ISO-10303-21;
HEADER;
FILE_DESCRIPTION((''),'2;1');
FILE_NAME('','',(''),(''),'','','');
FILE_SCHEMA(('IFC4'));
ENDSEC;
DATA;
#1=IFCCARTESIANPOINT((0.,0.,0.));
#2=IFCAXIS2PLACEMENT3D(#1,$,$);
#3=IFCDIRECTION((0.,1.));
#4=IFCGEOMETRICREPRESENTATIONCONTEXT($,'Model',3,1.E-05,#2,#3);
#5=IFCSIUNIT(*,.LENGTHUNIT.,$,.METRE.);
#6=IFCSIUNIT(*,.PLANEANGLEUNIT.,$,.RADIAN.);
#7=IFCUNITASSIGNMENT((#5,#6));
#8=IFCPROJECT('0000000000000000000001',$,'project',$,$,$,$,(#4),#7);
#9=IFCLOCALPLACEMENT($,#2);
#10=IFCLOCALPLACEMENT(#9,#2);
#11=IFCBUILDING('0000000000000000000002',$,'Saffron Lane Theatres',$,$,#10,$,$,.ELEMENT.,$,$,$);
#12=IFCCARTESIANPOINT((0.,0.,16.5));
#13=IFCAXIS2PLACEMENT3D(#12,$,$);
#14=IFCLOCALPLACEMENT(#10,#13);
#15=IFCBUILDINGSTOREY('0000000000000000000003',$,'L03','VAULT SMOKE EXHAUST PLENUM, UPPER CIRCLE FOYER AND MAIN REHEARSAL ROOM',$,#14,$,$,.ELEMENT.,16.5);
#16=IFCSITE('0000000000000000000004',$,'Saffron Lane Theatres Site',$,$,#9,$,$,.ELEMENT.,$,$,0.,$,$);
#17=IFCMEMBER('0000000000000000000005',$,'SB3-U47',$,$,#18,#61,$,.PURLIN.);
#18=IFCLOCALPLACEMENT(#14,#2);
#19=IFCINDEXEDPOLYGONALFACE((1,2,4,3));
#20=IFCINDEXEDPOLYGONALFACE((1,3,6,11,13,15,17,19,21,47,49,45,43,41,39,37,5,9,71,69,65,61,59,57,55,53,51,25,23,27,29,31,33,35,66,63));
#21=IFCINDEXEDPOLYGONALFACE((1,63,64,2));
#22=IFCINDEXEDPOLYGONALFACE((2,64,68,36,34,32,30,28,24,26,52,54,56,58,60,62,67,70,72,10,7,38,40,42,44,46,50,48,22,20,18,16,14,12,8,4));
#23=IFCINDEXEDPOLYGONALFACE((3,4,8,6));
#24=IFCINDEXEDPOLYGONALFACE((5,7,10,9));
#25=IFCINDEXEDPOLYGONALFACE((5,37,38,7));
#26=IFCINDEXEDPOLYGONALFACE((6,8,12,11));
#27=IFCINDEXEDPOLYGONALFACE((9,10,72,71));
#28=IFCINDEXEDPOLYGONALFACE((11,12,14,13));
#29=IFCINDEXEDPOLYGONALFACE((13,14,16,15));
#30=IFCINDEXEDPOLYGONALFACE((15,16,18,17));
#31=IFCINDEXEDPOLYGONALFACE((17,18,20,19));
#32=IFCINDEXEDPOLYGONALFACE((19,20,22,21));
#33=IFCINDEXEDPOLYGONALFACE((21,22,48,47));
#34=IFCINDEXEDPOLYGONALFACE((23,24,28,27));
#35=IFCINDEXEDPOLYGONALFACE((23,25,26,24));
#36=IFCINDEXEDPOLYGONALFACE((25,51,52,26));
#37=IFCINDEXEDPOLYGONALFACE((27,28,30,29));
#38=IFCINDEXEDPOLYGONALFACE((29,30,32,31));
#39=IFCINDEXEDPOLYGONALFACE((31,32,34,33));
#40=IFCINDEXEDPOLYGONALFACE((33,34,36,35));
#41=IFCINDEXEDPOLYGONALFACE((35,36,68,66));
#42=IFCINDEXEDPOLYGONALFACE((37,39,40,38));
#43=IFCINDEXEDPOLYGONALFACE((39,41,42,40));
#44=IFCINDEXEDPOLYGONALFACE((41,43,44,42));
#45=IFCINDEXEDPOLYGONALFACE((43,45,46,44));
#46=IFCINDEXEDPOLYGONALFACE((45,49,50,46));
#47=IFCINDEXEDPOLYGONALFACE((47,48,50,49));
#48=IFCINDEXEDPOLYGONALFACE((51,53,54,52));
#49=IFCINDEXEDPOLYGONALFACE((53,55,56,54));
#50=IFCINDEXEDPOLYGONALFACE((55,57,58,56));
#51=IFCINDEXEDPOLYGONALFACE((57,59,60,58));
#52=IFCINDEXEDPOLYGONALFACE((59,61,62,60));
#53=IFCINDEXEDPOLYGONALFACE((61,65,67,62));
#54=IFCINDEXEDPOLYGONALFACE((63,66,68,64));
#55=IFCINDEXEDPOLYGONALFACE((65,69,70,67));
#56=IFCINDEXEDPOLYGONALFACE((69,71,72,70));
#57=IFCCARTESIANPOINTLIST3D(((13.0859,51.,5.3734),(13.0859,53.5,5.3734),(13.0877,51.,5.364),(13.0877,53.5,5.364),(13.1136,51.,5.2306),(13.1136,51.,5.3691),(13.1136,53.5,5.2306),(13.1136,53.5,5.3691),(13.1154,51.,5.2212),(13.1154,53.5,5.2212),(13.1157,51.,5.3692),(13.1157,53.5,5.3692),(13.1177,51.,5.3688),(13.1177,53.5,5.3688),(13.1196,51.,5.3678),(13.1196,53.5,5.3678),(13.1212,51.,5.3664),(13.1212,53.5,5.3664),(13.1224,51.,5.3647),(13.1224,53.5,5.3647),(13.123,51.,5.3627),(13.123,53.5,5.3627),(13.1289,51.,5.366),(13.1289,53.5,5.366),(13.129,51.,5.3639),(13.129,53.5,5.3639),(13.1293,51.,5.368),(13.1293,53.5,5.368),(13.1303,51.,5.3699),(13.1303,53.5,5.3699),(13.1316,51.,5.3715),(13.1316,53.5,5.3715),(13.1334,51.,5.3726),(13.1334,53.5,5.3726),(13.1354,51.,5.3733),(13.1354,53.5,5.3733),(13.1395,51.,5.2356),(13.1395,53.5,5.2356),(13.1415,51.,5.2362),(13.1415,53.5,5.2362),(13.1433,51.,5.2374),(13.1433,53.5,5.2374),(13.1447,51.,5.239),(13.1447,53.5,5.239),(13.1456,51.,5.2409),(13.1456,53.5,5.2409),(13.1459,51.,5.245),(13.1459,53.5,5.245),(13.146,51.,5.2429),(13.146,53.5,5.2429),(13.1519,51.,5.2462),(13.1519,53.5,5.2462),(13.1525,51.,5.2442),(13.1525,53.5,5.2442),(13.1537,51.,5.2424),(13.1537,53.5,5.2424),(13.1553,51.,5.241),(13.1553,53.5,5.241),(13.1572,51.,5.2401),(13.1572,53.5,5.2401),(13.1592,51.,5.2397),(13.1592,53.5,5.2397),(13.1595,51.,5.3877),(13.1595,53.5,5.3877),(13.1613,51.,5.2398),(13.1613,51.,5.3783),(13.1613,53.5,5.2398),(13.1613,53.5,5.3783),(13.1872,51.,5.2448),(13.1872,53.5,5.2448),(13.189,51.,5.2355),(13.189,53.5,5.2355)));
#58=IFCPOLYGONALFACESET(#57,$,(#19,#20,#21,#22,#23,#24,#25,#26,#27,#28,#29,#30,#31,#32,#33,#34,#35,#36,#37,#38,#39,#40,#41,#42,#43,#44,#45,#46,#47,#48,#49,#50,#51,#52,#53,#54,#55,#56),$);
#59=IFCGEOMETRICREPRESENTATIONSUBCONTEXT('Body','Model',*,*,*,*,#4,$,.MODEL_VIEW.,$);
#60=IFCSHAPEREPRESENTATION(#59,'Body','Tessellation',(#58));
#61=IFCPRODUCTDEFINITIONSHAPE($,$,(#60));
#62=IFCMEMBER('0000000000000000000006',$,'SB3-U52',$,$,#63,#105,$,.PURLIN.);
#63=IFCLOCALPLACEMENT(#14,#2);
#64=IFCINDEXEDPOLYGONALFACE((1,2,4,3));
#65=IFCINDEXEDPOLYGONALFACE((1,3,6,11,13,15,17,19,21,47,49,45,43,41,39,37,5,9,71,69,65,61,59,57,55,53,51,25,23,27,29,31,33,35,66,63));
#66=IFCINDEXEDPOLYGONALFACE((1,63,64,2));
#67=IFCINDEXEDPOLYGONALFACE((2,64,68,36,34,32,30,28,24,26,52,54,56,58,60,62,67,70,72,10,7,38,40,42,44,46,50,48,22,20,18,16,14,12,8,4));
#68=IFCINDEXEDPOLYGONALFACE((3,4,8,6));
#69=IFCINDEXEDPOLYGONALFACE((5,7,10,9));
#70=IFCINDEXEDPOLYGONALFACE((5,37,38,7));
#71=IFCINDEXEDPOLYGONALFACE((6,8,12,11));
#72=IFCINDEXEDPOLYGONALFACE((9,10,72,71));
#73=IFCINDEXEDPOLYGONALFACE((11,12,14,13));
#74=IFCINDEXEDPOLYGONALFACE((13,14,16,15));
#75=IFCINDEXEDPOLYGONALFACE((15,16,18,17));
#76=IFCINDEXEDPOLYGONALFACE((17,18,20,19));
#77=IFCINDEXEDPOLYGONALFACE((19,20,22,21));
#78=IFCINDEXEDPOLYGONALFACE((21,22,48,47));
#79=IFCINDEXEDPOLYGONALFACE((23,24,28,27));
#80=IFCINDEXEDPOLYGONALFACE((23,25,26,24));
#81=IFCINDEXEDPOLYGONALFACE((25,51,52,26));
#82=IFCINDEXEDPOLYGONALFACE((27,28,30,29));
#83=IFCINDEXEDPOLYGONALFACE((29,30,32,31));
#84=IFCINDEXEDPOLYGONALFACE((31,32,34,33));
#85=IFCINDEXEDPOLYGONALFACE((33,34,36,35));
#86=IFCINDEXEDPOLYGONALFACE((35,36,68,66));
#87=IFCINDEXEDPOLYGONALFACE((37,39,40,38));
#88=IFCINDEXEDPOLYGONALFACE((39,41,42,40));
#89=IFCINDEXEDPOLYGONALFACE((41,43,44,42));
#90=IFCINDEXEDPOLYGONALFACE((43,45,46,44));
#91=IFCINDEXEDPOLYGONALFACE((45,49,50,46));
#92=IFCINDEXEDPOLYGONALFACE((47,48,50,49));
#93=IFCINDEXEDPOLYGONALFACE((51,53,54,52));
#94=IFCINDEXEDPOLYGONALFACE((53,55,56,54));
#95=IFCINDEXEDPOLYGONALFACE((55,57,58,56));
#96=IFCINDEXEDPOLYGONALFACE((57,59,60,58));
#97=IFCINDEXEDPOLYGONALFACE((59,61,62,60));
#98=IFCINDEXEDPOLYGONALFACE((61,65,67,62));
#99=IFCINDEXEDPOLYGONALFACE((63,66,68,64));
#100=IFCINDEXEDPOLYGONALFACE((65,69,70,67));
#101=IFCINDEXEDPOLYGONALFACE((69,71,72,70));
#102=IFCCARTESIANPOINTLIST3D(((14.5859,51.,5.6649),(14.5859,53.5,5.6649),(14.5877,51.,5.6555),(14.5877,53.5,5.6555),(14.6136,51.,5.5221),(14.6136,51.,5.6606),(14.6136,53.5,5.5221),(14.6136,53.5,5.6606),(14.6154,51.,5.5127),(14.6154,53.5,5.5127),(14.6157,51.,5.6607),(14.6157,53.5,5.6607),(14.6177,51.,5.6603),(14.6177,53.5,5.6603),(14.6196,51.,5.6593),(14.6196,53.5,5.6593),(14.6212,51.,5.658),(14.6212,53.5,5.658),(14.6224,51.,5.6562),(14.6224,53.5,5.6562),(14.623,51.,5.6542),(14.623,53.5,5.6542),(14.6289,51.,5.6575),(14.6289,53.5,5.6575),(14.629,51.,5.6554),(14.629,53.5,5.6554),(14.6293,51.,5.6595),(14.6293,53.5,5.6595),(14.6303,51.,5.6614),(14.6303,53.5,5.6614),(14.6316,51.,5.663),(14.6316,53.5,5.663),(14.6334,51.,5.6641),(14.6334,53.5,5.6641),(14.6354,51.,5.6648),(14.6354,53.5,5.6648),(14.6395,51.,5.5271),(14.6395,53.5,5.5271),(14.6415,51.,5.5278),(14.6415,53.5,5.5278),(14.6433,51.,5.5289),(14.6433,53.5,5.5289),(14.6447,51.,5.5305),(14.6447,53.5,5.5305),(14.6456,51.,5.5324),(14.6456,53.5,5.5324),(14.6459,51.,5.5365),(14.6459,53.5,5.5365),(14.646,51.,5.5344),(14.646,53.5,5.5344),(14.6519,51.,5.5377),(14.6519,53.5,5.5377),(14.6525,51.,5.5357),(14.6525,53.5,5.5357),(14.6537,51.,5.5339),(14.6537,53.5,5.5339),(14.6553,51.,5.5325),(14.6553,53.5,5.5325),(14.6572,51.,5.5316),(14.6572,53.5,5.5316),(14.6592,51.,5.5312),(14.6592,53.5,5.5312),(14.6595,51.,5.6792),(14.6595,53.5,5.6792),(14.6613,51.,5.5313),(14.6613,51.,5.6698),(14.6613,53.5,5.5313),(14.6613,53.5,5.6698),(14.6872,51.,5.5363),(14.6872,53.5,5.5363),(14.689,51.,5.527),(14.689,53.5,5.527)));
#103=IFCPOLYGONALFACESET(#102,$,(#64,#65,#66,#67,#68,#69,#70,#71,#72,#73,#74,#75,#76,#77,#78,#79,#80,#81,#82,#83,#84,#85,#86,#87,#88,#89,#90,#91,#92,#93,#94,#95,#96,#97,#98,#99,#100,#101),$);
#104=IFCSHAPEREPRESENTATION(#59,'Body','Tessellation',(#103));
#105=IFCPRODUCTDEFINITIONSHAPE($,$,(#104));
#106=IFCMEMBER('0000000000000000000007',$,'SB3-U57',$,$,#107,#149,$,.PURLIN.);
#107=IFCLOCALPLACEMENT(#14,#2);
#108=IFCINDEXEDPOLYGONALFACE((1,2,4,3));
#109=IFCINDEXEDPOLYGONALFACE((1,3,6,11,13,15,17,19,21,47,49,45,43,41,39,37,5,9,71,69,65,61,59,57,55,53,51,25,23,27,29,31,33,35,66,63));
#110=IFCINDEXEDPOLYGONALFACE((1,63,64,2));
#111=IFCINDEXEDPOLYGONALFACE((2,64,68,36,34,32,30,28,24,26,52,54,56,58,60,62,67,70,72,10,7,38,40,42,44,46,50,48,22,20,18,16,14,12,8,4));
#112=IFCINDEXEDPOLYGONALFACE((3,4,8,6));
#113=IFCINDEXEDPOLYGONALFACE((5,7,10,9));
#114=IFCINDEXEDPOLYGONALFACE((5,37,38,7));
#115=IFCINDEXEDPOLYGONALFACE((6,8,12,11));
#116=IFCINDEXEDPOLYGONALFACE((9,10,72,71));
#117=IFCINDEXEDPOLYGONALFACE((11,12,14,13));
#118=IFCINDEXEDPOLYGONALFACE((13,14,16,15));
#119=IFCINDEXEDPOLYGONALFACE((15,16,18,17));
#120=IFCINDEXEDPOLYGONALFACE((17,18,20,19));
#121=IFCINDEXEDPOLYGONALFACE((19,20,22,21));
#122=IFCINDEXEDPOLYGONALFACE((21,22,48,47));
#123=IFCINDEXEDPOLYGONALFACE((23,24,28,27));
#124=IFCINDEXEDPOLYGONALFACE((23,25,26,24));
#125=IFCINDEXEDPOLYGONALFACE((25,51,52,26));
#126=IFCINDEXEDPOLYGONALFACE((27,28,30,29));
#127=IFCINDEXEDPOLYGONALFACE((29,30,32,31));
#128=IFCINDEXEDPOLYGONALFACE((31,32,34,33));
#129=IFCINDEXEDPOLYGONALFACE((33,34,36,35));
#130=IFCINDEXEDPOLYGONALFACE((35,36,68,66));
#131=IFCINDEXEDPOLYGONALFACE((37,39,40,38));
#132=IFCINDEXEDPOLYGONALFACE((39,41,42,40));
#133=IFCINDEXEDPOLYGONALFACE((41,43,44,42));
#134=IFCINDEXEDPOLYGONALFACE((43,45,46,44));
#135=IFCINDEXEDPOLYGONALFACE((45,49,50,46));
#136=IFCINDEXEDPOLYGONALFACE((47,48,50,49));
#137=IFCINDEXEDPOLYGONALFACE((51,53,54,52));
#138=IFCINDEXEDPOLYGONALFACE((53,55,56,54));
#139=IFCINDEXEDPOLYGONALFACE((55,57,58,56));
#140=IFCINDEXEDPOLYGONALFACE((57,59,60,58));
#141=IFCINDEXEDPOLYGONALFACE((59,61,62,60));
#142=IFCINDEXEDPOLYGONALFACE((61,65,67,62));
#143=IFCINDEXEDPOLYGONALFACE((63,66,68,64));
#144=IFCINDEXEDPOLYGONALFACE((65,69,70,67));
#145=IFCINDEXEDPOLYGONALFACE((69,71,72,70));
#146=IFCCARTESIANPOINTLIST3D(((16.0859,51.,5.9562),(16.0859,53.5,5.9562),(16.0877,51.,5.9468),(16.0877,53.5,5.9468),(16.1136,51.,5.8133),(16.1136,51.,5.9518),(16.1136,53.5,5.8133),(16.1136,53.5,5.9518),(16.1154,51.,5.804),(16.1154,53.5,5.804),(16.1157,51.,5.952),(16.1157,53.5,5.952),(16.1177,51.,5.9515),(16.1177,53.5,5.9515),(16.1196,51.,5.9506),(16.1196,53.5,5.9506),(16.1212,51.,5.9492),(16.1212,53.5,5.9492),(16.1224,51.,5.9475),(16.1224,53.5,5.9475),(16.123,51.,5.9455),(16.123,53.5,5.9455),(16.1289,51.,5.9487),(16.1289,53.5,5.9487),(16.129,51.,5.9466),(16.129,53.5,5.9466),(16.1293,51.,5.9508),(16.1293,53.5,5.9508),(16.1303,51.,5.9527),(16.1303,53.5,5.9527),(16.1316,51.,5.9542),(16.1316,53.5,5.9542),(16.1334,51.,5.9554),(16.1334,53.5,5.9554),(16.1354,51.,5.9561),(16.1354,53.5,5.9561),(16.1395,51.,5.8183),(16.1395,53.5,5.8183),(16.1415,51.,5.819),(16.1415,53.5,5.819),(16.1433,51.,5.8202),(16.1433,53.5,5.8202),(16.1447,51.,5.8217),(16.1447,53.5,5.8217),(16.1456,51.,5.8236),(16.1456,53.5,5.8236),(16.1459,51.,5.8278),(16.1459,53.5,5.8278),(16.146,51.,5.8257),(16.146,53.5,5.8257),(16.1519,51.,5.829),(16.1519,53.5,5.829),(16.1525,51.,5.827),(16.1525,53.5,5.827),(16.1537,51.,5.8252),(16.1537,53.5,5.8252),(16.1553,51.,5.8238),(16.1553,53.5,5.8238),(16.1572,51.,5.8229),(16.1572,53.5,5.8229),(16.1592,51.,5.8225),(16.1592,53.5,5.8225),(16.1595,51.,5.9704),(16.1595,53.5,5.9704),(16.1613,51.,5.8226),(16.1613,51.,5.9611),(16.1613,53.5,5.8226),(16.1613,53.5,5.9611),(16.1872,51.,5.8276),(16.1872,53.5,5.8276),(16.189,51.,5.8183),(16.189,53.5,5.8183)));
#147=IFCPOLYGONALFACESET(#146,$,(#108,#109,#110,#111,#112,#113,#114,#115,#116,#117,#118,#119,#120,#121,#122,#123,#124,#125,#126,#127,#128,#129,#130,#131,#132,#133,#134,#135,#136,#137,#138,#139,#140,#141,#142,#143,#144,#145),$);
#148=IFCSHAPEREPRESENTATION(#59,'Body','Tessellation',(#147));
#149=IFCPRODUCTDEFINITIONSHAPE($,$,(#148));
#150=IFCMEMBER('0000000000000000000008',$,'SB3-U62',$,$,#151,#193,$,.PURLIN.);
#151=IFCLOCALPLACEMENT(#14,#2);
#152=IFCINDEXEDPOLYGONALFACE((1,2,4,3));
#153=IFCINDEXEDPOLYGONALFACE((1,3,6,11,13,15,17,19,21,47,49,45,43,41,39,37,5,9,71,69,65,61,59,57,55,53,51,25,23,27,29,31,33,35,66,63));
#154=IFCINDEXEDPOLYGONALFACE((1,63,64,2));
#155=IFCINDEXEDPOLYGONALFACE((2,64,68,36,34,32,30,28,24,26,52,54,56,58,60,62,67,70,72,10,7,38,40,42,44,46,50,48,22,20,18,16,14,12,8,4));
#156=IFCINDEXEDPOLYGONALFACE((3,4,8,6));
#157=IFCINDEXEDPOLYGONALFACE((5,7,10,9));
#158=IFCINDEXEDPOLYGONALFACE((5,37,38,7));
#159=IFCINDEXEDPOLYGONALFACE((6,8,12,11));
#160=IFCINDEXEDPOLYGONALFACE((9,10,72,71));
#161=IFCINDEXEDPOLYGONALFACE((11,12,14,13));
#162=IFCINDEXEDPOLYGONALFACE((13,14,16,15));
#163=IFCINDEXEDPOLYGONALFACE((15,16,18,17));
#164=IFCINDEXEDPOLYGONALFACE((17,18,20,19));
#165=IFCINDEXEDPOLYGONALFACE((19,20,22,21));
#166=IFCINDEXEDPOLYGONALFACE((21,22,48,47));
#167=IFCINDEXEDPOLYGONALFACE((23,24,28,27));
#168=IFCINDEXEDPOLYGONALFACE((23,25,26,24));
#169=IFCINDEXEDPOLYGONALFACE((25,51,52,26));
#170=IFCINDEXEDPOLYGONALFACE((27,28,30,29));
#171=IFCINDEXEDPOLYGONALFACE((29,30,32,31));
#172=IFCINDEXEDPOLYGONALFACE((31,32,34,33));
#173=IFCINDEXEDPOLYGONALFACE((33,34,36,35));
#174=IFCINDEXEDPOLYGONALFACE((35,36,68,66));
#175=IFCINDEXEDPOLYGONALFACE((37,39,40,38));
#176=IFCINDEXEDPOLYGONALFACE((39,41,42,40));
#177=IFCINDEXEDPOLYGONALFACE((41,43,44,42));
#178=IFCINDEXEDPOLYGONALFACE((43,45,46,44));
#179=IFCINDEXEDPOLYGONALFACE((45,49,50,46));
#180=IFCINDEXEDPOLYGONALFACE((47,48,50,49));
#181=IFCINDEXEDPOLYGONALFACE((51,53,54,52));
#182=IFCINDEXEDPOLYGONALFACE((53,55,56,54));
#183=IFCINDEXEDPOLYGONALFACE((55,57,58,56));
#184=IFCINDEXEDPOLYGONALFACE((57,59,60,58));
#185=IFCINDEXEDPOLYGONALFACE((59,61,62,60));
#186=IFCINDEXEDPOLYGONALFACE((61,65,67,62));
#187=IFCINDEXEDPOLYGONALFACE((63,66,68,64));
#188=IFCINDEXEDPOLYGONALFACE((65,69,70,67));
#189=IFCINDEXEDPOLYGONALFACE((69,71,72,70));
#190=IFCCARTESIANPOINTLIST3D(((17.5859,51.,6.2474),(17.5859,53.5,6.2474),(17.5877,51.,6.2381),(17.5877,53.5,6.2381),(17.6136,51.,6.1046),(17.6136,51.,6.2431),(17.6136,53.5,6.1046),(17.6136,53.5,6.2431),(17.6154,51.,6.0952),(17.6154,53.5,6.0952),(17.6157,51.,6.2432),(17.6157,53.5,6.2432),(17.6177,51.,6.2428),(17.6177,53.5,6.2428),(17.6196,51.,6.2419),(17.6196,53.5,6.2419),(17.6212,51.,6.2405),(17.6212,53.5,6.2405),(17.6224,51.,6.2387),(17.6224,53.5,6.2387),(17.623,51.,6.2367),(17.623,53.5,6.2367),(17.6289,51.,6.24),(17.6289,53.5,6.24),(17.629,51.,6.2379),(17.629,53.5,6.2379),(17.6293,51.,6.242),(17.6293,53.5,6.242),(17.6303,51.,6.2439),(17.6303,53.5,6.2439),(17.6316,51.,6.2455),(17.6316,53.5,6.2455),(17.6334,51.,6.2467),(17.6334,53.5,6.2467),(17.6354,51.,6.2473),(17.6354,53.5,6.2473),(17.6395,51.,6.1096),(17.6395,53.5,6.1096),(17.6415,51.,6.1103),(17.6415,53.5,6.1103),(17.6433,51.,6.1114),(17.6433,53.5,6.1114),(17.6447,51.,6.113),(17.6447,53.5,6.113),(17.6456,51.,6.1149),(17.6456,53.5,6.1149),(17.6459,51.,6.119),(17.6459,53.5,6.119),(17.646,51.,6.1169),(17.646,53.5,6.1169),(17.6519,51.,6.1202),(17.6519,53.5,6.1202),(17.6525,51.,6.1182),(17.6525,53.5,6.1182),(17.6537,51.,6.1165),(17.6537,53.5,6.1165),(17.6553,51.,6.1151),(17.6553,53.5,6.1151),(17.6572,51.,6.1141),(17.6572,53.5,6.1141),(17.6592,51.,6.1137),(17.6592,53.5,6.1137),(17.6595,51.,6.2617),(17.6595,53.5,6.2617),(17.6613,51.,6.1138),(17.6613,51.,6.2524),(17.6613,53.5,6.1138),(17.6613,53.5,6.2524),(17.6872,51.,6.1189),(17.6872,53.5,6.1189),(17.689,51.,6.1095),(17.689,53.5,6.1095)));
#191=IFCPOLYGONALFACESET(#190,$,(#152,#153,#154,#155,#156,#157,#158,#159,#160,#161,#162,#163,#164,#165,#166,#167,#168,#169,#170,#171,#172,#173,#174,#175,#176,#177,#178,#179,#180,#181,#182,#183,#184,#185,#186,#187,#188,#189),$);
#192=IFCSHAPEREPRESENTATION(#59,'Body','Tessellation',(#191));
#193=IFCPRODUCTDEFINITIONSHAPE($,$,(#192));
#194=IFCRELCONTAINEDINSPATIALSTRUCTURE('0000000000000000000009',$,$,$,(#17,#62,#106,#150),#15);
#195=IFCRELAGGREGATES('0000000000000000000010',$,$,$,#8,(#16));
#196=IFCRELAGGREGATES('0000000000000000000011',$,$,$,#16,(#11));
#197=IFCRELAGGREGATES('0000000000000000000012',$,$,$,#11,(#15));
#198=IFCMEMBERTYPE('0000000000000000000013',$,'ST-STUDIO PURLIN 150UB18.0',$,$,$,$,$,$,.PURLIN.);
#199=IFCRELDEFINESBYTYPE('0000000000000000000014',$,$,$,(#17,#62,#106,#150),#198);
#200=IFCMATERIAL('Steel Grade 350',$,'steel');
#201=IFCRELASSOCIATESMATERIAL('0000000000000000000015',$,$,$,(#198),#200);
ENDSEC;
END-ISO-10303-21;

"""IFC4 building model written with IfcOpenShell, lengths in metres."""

from ifc_helpers import new_model, si_unit, direction, frame, origin, origin_2d, place, context, subcontext, project, spatial, i_section, extrude, material, material_profile, profile_set, type_object, element, save


model = new_model("IFC4")

# Units and contexts
model_context = context("Model", 3, precision=1e-05, world=origin(), true_north=direction((0.0, 1.0)))
body_context = subcontext(model_context, "Body", "Model", "MODEL_VIEW")
ifc_project = project(units=[si_unit("LENGTHUNIT", "METRE"), si_unit("PLANEANGLEUNIT", "RADIAN")], contexts=[model_context])

# Site, building, storey
site_placement = place(None, origin())
site = spatial("IfcSite", under=ifc_project, at=site_placement, Name="Saffron Lane Theatres Site", CompositionType="ELEMENT", RefElevation=0.0)
building_placement = place(site_placement, origin())
building = spatial("IfcBuilding", under=site, at=building_placement, Name="Saffron Lane Theatres", CompositionType="ELEMENT")
storey_placement = place(building_placement, frame((0.0, 0.0, 16.5)))
storey = spatial("IfcBuildingStorey", under=building, at=storey_placement, Name="L03", Description="VAULT SMOKE EXHAUST PLENUM, UPPER CIRCLE FOYER AND MAIN REHEARSAL ROOM", CompositionType="ELEMENT", Elevation=16.5)

# Members
ifc_material_1 = material(Name="Steel Grade 350", Category="steel")
ifc_material_profile_1 = material_profile(ifc_material_1, i_section(OverallWidth=0.075, OverallDepth=0.155, WebThickness=0.0061, FlangeThickness=0.0095, FilletRadius=0.0081, at=origin_2d()))
ifc_profile_set_1 = profile_set([ifc_material_profile_1], Name="Steel Grade 350")
member_type_1 = type_object("IfcMemberType", Name="ST-STUDIO PURLIN 150UB18.0", PredefinedType="PURLIN", material=ifc_profile_set_1)
for number, where, z_axis, x_axis, name in (
    (1, (13.1375, 51.0, 5.3044), (0.0, 1.0, 0.0), (-0.981661, 0.0, -0.190637), "SB3-U47"),
    (2, (14.6375, 51.0, 5.5959), (0.0, 1.0, 0.0), (-0.981661, 0.0, -0.190637), "SB3-U52"),
    (3, (16.1375, 51.0, 5.8872), (0.0, 1.0, 0.0), (-0.981661, 0.0, -0.190637), "SB3-U57"),
    (4, (17.6375, 51.0, 6.1785), (0.0, 1.0, 0.0), (-0.981661, 0.0, -0.190637), "SB3-U62"),
):
    element("IfcMember", number, at=place(storey_placement, frame(where, z_axis=z_axis, x_axis=x_axis)), inside=storey, type_object=member_type_1, Name=name, PredefinedType="PURLIN", context=body_context, shape_type="SweptSolid", body=[
        extrude(i_section(OverallWidth=0.075, OverallDepth=0.155, WebThickness=0.0061, FlangeThickness=0.0095, FilletRadius=0.0081, at=origin_2d()), origin(), (0.0, 0.0, 1.0), 2.5),
    ])

save(model, "model.ifc")
